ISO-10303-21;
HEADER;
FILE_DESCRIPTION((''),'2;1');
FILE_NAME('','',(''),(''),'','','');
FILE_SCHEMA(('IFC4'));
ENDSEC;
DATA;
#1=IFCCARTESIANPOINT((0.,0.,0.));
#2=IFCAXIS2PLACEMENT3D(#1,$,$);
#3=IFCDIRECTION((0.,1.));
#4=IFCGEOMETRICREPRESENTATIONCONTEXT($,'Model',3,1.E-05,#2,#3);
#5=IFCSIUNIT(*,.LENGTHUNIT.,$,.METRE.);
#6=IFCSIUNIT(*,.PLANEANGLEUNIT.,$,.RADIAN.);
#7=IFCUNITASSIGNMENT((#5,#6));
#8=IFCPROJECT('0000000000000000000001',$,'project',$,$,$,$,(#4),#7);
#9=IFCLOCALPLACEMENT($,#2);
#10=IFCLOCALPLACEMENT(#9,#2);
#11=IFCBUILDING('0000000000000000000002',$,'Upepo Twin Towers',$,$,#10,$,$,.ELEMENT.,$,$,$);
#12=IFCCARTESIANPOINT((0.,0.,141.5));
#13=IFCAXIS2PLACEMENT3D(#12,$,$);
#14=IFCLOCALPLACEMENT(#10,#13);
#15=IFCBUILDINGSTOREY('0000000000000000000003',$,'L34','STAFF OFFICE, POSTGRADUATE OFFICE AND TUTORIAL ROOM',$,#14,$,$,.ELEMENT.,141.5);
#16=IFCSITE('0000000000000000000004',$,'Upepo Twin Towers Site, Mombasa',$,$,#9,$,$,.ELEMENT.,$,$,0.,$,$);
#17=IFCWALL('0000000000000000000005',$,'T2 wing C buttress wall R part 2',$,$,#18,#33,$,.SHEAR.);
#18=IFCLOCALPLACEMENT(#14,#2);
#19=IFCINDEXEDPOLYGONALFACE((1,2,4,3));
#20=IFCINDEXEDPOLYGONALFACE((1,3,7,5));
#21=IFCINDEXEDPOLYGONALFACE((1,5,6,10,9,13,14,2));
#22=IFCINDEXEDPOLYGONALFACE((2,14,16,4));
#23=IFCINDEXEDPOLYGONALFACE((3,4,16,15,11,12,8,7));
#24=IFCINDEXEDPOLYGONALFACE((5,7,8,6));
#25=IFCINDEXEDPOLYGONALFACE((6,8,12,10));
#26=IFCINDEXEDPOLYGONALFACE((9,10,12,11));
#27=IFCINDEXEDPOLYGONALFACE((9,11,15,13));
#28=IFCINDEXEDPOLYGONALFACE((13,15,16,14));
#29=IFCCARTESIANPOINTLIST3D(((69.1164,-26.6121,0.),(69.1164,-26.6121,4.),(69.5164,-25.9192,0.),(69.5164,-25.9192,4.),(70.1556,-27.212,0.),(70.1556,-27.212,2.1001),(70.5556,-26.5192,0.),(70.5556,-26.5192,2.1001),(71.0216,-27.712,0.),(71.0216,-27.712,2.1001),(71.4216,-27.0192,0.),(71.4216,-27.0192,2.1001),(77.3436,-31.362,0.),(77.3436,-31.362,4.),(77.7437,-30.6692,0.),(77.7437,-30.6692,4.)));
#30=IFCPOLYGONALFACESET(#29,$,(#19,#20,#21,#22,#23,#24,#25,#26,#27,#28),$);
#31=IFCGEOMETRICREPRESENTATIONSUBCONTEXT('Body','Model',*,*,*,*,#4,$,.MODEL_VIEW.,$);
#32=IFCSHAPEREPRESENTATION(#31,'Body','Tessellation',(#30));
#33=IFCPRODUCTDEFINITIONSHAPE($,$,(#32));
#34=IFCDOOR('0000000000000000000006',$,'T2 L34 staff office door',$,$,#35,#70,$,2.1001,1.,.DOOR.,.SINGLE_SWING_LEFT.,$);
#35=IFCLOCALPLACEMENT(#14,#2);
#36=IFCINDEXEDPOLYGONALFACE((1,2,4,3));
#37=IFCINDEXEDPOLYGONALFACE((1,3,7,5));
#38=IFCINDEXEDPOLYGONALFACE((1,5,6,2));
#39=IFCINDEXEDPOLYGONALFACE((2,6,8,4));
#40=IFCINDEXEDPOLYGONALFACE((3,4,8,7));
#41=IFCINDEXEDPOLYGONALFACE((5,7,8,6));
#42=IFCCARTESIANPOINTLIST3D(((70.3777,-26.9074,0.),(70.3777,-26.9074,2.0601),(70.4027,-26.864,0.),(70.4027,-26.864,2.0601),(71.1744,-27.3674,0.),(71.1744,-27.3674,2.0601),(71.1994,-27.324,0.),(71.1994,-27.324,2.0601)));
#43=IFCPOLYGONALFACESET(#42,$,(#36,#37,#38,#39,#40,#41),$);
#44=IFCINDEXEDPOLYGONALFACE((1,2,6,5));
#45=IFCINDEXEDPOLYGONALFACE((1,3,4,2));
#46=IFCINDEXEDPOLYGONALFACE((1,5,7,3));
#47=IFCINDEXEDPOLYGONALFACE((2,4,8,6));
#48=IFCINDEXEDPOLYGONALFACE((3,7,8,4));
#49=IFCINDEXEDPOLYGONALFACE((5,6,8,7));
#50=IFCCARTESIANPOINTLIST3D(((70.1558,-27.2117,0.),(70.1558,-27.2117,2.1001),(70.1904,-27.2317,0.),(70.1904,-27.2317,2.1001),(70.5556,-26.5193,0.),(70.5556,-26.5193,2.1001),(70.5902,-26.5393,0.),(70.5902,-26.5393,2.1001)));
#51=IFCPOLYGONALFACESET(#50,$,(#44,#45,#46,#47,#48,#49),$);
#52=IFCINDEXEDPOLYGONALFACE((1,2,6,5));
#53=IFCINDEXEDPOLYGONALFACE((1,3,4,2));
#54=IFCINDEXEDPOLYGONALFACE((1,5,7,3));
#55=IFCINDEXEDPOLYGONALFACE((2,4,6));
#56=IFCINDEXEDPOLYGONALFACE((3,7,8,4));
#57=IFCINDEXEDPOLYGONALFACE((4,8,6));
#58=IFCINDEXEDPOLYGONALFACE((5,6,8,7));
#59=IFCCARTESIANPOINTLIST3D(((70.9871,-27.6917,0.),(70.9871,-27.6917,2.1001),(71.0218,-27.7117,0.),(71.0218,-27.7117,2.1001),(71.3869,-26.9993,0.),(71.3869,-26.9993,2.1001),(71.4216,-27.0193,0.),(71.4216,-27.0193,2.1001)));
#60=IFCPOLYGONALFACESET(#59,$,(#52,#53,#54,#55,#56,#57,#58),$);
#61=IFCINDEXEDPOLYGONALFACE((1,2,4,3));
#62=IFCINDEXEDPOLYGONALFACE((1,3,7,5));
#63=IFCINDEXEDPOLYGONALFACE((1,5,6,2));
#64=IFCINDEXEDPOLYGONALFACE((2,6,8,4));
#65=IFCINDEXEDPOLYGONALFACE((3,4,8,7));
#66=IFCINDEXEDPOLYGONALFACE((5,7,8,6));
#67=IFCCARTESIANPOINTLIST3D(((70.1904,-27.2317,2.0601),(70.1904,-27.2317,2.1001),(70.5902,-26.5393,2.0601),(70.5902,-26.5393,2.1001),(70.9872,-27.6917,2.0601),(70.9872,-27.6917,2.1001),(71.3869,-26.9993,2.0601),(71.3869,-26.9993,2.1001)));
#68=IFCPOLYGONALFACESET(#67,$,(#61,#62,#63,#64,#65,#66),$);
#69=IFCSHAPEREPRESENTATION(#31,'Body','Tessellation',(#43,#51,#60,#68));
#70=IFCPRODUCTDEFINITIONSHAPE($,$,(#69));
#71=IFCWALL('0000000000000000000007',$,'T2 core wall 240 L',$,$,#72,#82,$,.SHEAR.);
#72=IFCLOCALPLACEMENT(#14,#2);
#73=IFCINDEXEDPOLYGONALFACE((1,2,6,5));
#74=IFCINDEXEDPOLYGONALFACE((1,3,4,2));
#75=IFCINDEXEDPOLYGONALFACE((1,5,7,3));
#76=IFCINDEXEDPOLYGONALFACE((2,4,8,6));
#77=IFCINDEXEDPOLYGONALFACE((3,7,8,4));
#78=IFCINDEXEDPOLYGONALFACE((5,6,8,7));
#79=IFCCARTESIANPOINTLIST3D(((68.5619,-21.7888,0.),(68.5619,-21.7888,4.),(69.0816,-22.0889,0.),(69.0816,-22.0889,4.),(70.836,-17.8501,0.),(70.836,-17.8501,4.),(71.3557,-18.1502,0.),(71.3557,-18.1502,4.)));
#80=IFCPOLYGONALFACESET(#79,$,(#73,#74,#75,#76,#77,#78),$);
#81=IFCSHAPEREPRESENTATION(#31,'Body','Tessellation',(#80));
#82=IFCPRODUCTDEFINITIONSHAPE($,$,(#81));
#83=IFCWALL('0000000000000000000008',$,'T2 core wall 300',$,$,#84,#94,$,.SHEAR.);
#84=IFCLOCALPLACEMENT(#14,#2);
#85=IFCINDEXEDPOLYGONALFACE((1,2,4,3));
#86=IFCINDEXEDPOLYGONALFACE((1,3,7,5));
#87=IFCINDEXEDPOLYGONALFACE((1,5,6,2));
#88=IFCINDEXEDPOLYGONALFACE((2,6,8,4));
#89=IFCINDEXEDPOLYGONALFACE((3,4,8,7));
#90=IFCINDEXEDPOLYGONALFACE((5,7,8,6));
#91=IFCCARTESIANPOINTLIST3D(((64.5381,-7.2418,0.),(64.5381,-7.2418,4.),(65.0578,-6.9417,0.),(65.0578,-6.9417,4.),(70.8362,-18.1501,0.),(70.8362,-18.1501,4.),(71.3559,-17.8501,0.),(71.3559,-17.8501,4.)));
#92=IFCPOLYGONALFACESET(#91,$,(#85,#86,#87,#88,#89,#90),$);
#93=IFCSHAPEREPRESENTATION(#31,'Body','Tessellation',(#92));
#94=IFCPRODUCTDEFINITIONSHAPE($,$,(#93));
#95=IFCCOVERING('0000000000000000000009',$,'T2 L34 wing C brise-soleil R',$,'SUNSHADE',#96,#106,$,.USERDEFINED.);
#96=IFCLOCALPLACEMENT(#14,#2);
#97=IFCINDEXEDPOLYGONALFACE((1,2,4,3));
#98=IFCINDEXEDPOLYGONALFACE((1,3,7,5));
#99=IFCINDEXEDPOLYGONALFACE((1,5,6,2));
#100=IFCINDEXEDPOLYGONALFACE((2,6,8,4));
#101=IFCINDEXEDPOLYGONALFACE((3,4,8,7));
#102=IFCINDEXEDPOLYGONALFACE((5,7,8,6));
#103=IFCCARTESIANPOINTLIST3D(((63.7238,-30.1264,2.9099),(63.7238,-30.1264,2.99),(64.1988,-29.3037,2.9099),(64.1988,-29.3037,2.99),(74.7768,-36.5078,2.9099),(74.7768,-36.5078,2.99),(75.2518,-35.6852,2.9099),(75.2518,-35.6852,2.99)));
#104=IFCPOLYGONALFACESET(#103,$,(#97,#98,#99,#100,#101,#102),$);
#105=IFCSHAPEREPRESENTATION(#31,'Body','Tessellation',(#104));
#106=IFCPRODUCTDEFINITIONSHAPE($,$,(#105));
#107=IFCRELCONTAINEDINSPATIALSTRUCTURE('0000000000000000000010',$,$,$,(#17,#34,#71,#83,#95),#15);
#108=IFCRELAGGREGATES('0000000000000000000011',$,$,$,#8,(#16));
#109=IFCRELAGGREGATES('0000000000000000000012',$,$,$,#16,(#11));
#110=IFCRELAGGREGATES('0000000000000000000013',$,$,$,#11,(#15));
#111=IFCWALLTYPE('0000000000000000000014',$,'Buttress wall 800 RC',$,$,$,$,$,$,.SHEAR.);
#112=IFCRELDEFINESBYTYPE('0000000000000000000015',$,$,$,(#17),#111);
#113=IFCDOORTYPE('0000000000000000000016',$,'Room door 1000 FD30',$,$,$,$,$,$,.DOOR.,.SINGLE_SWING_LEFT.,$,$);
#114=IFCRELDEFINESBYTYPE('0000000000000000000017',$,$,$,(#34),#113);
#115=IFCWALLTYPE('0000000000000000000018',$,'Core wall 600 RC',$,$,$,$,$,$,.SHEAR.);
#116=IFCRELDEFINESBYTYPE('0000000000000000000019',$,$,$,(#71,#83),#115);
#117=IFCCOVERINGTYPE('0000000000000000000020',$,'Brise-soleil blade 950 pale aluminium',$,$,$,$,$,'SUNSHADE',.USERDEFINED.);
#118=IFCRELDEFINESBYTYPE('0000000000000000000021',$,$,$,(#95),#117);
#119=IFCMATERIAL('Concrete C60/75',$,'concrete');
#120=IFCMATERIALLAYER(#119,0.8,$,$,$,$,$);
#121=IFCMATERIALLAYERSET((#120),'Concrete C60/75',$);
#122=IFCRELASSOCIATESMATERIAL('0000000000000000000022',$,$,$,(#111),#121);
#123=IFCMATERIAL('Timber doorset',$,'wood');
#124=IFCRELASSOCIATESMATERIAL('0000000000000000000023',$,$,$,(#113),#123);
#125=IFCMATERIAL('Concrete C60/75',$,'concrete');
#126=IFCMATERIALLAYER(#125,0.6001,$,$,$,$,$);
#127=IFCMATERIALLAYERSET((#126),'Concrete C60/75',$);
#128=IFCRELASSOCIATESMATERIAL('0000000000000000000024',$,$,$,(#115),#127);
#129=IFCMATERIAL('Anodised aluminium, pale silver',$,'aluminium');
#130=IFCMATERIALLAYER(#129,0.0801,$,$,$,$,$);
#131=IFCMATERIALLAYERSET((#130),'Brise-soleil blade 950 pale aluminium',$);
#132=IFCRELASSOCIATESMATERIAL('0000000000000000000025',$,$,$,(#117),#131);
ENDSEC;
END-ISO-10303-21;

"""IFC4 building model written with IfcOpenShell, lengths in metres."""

from ifc_helpers import new_model, si_unit, direction, frame, frame_2d, origin, origin_2d, place, context, subcontext, project, spatial, rectangle, extrude, material, layer, layer_set, type_object, element, fill, save


model = new_model("IFC4")

# Units and contexts
model_context = context("Model", 3, precision=1e-05, world=origin(), true_north=direction((0.0, 1.0)))
body_context = subcontext(model_context, "Body", "Model", "MODEL_VIEW")
ifc_project = project(units=[si_unit("LENGTHUNIT", "METRE"), si_unit("PLANEANGLEUNIT", "RADIAN")], contexts=[model_context])

# Site, building, storey
site_placement = place(None, origin())
site = spatial("IfcSite", under=ifc_project, at=site_placement, Name="Upepo Twin Towers Site, Mombasa", CompositionType="ELEMENT", RefElevation=0.0)
building_placement = place(site_placement, origin())
building = spatial("IfcBuilding", under=site, at=building_placement, Name="Upepo Twin Towers", CompositionType="ELEMENT")
storey_placement = place(building_placement, frame((0.0, 0.0, 141.5)))
storey = spatial("IfcBuildingStorey", under=building, at=storey_placement, Name="L34", Description="STAFF OFFICE, POSTGRADUATE OFFICE AND TUTORIAL ROOM", CompositionType="ELEMENT", Elevation=141.5)

# Wall, opening, door
ifc_material_1 = material(Name="Concrete C60/75", Category="concrete")
ifc_layer_1 = layer(ifc_material_1, 0.8)
ifc_layer_set_1 = layer_set([ifc_layer_1], Name="Concrete C60/75")
wall_type_1 = type_object("IfcWallType", Name="Buttress wall 800 RC", PredefinedType="SHEAR", material=ifc_layer_set_1)
ifc_material_2 = material(Name="Timber doorset", Category="wood")
door_type = type_object("IfcDoorType", Name="Room door 1000 FD30", OperationType="SINGLE_SWING_LEFT", PredefinedType="DOOR", material=ifc_material_2)
wall_1_placement = place(storey_placement, frame((69.3164, -26.2656, 0.0), z_axis=(0.0, 0.0, 1.0), x_axis=(0.866027, -0.499998, 0.0)))
wall_1 = element("IfcWall", 1, at=wall_1_placement, inside=storey, type_object=wall_type_1, Name="T2 wing C buttress wall R part 2", PredefinedType="SHEAR", context=body_context, shape_type="SweptSolid", body=[
    extrude(rectangle(XDim=9.5, YDim=0.8, at=frame_2d((4.75, 0.0))), origin(), (0.0, 0.0, 1.0), 4.0),
])
opening_1_placement = place(wall_1_placement, frame((1.2, 0.0, 0.0)))
opening_1 = element("IfcOpeningElement", 2, at=opening_1_placement, cuts=wall_1, PredefinedType="OPENING", context=body_context, shape_type="SweptSolid", body=[
    extrude(rectangle(XDim=1.0, YDim=2.1001, at=frame_2d((0.5, 1.05))), frame((0.0, 0.4099, 0.0), z_axis=(0.0, -1.0, 0.0), x_axis=(1.0, 0.0, 0.0)), (0.0, 0.0, 1.0), 0.8201),
])
door_1_placement = place(opening_1_placement, origin())
door_1 = element("IfcDoor", 3, at=door_1_placement, inside=storey, type_object=door_type, Name="T2 L34 staff office door", OperationType="SINGLE_SWING_LEFT", OverallHeight=2.1001, OverallWidth=1.0, PredefinedType="DOOR", context=body_context, shape_type="SweptSolid", body=[
    extrude(rectangle(XDim=0.92, YDim=2.0601, at=frame_2d((0.5, 1.03))), frame((0.0, 0.0249, 0.0), z_axis=(0.0, -1.0, 0.0), x_axis=(1.0, 0.0, 0.0)), (0.0, 0.0, 1.0), 0.05),
    extrude(rectangle(XDim=0.04, YDim=2.1001, at=frame_2d((0.02, 1.05))), frame((0.0, 0.3999, 0.0), z_axis=(0.0, -1.0, 0.0), x_axis=(1.0, 0.0, 0.0)), (0.0, 0.0, 1.0), 0.7996),
    extrude(rectangle(XDim=0.04, YDim=2.1001, at=frame_2d((0.98, 1.05))), frame((0.0, 0.3999, 0.0), z_axis=(0.0, -1.0, 0.0), x_axis=(1.0, 0.0, 0.0)), (0.0, 0.0, 1.0), 0.7996),
    extrude(rectangle(XDim=0.92, YDim=0.04, at=frame_2d((0.5, 2.0801))), frame((0.0, 0.3999, 0.0), z_axis=(0.0, -1.0, 0.0), x_axis=(1.0, 0.0, 0.0)), (0.0, 0.0, 1.0), 0.7996),
])
fill(opening_1, door_1)

# Walls
ifc_material_3 = material(Name="Concrete C60/75", Category="concrete")
ifc_layer_2 = layer(ifc_material_3, 0.6001)
ifc_layer_set_2 = layer_set([ifc_layer_2], Name="Concrete C60/75")
wall_type_2 = type_object("IfcWallType", Name="Core wall 600 RC", PredefinedType="SHEAR", material=ifc_layer_set_2)
wall_2_placement = place(storey_placement, frame((68.8218, -21.9387, 0.0), z_axis=(0.0, 0.0, 1.0), x_axis=(0.500024, 0.866011, 0.0)))
element("IfcWall", 4, at=wall_2_placement, inside=storey, type_object=wall_type_2, Name="T2 core wall 240 L", PredefinedType="SHEAR", context=body_context, shape_type="SweptSolid", body=[
    extrude(rectangle(XDim=4.5481, YDim=0.6001, at=frame_2d((2.2739, 0.0))), origin(), (0.0, 0.0, 1.0), 4.0),
])
wall_3_placement = place(storey_placement, frame((71.0959, -18.0, 0.0), z_axis=(0.0, 0.0, 1.0), x_axis=(-0.500006, 0.866022, 0.0)))
element("IfcWall", 5, at=wall_3_placement, inside=storey, type_object=wall_type_2, Name="T2 core wall 300", PredefinedType="SHEAR", context=body_context, shape_type="SweptSolid", body=[
    extrude(rectangle(XDim=12.5959, YDim=0.6001, at=frame_2d((6.2979, 0.0))), origin(), (0.0, 0.0, 1.0), 4.0),
])

# Covering
ifc_material_4 = material(Name="Anodised aluminium, pale silver", Category="aluminium")
ifc_layer_3 = layer(ifc_material_4, 0.0801)
ifc_layer_set_3 = layer_set([ifc_layer_3], Name="Brise-soleil blade 950 pale aluminium")
covering_type = type_object("IfcCoveringType", Name="Brise-soleil blade 950 pale aluminium", ElementType="SUNSHADE", PredefinedType="USERDEFINED", material=ifc_layer_set_3)
covering_placement = place(storey_placement, frame((69.4878, -32.9058, 2.9099), z_axis=(0.0, 0.0, 1.0), x_axis=(0.866025, -0.5, 0.0)))
element("IfcCovering", 6, at=covering_placement, inside=storey, type_object=covering_type, Name="T2 L34 wing C brise-soleil R", ObjectType="SUNSHADE", PredefinedType="USERDEFINED", context=body_context, shape_type="SweptSolid", body=[
    extrude(rectangle(XDim=12.7629, YDim=0.95, at=origin_2d()), origin(), (0.0, 0.0, 1.0), 0.0801),
])

save(model, "model.ifc")
